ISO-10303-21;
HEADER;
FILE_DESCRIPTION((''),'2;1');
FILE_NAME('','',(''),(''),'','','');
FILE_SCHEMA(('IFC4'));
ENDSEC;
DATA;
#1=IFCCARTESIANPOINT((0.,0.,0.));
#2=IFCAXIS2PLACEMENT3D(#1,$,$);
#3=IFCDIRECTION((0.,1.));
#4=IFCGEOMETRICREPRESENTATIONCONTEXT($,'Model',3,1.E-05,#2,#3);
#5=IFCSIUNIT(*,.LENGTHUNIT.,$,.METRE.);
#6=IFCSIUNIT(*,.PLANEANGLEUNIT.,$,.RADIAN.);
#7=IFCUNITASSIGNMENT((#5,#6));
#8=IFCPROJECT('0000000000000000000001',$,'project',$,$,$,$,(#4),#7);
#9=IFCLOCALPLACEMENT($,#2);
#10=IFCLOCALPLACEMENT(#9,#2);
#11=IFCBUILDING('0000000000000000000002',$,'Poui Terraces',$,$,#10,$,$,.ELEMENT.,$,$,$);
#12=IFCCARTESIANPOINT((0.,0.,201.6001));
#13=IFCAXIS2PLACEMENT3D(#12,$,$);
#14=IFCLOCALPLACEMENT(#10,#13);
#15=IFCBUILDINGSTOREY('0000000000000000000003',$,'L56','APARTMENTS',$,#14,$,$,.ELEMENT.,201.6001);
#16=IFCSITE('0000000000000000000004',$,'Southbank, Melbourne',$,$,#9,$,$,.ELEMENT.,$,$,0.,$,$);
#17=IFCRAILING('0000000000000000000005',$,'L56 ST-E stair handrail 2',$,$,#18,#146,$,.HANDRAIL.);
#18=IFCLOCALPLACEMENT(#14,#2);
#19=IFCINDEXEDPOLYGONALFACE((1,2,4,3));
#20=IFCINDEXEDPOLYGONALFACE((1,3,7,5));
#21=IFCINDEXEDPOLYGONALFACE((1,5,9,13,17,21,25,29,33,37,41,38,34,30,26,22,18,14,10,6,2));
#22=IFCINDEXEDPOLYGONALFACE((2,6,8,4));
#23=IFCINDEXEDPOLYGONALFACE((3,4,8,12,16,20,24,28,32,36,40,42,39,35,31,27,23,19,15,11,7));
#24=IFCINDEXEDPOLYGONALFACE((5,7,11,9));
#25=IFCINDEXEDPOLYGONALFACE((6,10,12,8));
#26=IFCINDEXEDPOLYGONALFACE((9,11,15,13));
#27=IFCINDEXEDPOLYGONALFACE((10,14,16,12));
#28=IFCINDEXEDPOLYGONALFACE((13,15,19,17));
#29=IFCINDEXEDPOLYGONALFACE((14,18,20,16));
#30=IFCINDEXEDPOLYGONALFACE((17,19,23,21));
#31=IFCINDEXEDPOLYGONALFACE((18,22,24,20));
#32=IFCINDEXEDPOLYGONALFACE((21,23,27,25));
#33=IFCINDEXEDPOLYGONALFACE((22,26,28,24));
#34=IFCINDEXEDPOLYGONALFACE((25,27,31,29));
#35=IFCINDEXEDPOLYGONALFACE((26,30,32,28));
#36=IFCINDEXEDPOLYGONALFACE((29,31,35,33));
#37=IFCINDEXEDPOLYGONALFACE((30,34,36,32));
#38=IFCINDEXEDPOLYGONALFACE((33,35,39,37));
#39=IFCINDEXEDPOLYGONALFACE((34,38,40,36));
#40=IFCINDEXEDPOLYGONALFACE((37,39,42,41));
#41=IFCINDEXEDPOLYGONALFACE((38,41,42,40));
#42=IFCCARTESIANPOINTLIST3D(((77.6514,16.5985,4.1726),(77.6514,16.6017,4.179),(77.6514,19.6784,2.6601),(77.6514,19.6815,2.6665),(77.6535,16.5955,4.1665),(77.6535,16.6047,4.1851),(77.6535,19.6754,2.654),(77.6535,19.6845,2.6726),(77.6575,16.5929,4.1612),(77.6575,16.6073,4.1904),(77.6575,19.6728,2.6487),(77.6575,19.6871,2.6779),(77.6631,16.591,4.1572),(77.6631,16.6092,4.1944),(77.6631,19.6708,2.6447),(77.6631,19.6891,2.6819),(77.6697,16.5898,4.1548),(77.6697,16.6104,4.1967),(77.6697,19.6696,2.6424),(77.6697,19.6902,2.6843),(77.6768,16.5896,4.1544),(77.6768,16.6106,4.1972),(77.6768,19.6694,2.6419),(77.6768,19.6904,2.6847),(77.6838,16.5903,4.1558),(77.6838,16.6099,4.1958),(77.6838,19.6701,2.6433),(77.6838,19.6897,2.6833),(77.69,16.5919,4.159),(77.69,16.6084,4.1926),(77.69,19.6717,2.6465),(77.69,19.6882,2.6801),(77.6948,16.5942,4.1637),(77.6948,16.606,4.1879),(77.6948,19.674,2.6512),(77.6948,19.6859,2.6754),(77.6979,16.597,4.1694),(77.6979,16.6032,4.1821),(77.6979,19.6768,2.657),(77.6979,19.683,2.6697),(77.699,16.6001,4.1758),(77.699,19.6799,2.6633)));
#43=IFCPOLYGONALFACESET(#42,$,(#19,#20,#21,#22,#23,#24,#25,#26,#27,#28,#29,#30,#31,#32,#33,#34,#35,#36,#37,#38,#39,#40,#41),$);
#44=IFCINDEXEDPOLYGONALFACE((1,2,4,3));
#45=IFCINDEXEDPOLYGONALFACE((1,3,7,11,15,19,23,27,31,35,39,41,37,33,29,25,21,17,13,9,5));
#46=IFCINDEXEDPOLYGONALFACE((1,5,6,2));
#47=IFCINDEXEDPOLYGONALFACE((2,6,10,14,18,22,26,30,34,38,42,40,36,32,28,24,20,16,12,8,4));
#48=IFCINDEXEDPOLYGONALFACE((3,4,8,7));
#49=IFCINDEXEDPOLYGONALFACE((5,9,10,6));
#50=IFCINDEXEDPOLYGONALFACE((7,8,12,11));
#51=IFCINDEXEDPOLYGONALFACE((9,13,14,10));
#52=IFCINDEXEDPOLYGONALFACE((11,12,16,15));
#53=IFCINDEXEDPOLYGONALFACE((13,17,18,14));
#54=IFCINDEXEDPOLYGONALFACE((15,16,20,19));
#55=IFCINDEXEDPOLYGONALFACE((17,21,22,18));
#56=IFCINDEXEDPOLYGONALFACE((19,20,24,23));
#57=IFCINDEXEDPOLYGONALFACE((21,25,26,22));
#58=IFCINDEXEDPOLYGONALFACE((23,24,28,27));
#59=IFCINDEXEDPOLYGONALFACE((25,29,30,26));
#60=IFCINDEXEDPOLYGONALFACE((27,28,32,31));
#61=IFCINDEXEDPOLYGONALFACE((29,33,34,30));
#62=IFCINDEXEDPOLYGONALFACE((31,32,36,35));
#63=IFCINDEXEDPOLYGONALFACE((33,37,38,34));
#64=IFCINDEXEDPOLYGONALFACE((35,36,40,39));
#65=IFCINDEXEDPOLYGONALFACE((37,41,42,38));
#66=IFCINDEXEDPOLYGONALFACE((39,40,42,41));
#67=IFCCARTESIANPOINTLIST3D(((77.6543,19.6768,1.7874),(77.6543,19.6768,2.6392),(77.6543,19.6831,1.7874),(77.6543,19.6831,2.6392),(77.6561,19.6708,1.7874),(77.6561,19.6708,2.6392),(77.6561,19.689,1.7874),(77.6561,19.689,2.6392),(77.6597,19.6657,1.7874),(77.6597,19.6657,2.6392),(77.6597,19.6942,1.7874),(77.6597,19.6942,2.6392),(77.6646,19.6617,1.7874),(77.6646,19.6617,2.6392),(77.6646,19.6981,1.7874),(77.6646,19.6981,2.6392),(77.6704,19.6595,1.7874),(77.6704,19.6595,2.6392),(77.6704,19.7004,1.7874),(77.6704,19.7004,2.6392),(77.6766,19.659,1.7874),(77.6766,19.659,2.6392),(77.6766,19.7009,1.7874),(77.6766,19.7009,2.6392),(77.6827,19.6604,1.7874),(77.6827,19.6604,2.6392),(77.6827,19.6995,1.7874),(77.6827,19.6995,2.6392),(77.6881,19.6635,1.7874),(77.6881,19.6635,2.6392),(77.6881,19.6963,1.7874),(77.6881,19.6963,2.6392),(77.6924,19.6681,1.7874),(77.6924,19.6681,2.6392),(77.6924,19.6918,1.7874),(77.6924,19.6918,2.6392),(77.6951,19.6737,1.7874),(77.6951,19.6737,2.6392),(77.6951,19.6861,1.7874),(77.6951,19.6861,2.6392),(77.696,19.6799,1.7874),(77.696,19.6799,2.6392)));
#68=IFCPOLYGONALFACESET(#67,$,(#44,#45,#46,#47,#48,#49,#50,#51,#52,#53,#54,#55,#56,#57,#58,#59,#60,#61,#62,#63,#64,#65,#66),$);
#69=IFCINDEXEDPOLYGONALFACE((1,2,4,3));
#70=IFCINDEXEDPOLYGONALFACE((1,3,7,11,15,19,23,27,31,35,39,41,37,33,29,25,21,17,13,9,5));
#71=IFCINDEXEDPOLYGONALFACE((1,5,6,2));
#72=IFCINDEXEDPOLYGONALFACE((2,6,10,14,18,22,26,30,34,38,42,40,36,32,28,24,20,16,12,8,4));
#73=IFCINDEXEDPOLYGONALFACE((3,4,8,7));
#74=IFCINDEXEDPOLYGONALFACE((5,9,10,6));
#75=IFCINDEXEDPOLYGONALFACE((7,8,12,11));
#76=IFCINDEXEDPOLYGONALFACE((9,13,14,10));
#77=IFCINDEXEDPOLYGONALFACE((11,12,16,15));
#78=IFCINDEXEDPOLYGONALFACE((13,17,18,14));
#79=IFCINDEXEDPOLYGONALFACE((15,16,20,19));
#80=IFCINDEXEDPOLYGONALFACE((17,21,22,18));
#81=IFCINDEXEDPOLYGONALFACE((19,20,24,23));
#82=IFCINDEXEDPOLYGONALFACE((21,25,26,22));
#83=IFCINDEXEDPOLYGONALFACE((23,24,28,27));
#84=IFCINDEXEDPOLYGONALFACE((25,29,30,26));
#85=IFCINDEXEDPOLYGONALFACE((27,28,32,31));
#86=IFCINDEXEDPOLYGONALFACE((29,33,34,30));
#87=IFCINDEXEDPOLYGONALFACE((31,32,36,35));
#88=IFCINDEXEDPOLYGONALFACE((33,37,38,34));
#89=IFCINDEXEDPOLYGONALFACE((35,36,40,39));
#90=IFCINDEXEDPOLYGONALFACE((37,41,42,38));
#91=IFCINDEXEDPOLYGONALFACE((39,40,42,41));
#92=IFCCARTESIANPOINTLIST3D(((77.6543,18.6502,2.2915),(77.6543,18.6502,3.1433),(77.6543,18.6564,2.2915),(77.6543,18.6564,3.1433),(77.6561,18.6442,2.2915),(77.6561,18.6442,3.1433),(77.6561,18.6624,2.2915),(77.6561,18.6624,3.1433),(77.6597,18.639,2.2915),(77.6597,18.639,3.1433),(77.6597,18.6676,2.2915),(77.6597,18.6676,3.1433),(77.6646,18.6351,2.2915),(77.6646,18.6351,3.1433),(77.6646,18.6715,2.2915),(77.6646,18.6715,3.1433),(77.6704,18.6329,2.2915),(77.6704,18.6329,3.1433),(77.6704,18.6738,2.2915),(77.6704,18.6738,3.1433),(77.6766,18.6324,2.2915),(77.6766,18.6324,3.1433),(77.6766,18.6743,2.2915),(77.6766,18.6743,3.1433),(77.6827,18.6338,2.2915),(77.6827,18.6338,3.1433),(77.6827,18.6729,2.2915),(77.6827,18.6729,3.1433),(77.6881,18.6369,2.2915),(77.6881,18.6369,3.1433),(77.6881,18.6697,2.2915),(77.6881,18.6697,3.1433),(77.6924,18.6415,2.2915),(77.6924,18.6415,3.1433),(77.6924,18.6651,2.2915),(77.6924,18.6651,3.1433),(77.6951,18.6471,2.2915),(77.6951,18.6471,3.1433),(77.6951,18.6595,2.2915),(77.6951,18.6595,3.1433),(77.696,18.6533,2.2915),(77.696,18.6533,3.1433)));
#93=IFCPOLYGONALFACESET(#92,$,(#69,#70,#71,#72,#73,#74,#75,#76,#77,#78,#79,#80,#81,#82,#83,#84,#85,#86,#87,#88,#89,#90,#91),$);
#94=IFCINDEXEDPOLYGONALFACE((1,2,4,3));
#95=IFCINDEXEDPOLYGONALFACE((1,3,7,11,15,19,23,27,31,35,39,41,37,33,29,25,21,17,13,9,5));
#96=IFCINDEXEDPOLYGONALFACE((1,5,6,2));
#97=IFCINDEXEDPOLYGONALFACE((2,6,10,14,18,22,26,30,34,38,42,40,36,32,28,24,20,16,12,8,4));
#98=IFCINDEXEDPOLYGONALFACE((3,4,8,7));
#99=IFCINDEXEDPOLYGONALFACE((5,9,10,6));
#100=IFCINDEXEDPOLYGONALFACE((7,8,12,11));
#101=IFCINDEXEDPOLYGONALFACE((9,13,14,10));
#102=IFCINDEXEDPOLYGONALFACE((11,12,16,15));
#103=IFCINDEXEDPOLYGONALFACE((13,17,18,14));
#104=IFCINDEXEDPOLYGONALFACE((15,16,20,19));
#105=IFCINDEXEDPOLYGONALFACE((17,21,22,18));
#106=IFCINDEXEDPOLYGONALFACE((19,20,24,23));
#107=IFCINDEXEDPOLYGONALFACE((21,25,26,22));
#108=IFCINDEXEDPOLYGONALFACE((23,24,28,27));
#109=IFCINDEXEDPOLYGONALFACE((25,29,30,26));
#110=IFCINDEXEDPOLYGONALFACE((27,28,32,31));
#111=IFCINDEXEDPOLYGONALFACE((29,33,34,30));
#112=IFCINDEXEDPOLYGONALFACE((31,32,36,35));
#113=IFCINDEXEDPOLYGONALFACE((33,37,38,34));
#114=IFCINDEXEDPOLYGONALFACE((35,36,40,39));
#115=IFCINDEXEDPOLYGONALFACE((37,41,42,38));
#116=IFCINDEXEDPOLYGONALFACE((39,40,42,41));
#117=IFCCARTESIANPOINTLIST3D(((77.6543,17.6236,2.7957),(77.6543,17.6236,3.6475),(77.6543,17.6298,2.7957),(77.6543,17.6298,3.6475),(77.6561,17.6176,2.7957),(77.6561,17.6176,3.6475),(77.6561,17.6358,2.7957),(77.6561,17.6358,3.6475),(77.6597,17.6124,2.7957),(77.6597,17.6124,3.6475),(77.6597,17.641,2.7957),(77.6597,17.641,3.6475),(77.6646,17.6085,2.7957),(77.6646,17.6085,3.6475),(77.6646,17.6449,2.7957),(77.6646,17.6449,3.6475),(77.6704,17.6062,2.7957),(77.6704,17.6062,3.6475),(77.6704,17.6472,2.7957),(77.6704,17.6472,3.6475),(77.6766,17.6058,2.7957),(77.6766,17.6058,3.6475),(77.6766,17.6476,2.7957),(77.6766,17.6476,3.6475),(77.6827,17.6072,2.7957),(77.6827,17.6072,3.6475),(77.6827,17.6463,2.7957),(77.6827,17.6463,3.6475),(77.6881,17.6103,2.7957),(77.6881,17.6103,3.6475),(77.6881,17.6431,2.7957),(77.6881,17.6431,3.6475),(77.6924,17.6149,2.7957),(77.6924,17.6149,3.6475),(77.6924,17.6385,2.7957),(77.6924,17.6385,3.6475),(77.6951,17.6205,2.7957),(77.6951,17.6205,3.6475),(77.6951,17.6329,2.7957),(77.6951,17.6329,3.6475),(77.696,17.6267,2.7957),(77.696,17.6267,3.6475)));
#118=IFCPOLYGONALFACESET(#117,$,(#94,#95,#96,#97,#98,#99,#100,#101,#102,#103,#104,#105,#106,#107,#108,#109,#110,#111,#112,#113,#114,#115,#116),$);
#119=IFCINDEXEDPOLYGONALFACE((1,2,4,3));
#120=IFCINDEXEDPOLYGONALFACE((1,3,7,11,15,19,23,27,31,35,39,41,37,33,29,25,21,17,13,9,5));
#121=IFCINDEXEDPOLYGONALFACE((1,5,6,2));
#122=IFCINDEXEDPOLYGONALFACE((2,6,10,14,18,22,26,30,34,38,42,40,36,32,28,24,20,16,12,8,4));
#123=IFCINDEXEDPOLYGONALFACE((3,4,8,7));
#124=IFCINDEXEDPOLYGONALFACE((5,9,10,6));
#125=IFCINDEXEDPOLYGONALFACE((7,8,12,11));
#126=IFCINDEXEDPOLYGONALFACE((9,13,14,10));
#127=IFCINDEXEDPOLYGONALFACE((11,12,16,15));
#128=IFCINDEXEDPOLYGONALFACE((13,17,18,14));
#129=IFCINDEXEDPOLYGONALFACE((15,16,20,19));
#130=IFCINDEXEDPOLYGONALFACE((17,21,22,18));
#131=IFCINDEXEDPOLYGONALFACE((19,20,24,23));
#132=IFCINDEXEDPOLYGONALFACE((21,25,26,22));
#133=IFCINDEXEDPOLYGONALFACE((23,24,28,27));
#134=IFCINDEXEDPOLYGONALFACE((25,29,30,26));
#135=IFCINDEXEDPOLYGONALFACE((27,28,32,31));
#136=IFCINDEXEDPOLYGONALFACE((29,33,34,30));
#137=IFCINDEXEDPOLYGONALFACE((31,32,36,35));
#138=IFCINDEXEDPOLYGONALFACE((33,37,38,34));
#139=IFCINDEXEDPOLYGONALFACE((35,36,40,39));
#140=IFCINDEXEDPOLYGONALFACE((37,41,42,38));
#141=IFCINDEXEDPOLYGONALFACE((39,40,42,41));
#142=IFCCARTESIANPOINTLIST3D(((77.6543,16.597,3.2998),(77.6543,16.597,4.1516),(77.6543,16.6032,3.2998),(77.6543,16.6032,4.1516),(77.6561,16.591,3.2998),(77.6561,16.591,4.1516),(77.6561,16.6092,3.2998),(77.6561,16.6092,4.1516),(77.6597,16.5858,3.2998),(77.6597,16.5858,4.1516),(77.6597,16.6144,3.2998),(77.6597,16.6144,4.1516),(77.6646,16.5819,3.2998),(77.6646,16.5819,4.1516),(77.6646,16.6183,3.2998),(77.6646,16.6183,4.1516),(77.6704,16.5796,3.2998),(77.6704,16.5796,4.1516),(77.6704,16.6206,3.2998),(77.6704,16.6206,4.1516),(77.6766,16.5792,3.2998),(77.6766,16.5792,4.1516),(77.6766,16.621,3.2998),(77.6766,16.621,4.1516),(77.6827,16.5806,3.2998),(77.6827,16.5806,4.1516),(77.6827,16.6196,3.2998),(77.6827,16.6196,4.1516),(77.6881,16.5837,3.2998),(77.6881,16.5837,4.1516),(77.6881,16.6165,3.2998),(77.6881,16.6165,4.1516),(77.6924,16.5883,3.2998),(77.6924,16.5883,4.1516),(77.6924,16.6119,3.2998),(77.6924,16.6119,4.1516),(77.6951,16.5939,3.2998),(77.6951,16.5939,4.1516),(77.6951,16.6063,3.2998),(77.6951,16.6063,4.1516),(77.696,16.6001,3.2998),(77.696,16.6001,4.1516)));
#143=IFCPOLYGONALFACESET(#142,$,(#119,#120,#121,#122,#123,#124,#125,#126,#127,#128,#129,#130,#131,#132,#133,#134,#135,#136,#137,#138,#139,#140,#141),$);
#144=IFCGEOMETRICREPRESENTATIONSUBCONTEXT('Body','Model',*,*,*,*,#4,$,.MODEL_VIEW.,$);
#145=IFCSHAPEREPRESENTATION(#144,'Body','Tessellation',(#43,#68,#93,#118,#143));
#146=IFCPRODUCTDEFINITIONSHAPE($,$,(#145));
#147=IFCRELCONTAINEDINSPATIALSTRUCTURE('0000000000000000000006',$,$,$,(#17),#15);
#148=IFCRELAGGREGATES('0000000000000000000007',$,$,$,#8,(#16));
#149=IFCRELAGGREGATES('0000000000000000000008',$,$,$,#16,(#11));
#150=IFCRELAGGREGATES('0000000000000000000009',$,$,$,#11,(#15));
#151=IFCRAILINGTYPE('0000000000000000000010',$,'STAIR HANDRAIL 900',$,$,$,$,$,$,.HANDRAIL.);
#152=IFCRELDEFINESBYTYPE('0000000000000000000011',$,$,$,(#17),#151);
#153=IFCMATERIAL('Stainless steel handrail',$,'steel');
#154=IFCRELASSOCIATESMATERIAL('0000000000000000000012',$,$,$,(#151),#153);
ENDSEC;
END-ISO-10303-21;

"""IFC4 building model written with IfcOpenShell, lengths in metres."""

from ifc_helpers import new_model, si_unit, direction, frame, origin, origin_2d, place, context, subcontext, project, spatial, circle, extrude, material, type_object, element, save


model = new_model("IFC4")

# Units and contexts
model_context = context("Model", 3, precision=1e-05, world=origin(), true_north=direction((0.0, 1.0)))
body_context = subcontext(model_context, "Body", "Model", "MODEL_VIEW")
ifc_project = project(units=[si_unit("LENGTHUNIT", "METRE"), si_unit("PLANEANGLEUNIT", "RADIAN")], contexts=[model_context])

# Site, building, storey
site_placement = place(None, origin())
site = spatial("IfcSite", under=ifc_project, at=site_placement, Name="Southbank, Melbourne", CompositionType="ELEMENT", RefElevation=0.0)
building_placement = place(site_placement, origin())
building = spatial("IfcBuilding", under=site, at=building_placement, Name="Poui Terraces", CompositionType="ELEMENT")
storey_placement = place(building_placement, frame((0.0, 0.0, 201.6001)))
storey = spatial("IfcBuildingStorey", under=building, at=storey_placement, Name="L56", Description="APARTMENTS", CompositionType="ELEMENT", Elevation=201.6001)

# Railing
ifc_material_1 = material(Name="Stainless steel handrail", Category="steel")
railing_type_1 = type_object("IfcRailingType", Name="STAIR HANDRAIL 900", PredefinedType="HANDRAIL", material=ifc_material_1)
railing_1_placement = place(storey_placement, frame((77.675, 19.6799, 1.7874)))
element("IfcRailing", 1, at=railing_1_placement, inside=storey, type_object=railing_type_1, Name="L56 ST-E stair handrail 2", PredefinedType="HANDRAIL", context=body_context, shape_type="SweptSolid", body=[
    extrude(circle(Radius=0.0239, at=origin_2d()), frame((0.0, 0.0, 0.876), z_axis=(0.0, -0.897606, 0.440798), x_axis=(1.0, 0.0, 0.0)), (0.0, 0.0, 1.0), 3.4312),
    extrude(circle(Radius=0.021, at=origin_2d()), origin(), (0.0, 0.0, 1.0), 0.8518),
    extrude(circle(Radius=0.021, at=origin_2d()), frame((0.0, -1.0266, 0.5042)), (0.0, 0.0, 1.0), 0.8518),
    extrude(circle(Radius=0.021, at=origin_2d()), frame((0.0, -2.0532, 1.0083)), (0.0, 0.0, 1.0), 0.8518),
    extrude(circle(Radius=0.021, at=origin_2d()), frame((0.0, -3.0798, 1.5125)), (0.0, 0.0, 1.0), 0.8518),
])

save(model, "model.ifc")
